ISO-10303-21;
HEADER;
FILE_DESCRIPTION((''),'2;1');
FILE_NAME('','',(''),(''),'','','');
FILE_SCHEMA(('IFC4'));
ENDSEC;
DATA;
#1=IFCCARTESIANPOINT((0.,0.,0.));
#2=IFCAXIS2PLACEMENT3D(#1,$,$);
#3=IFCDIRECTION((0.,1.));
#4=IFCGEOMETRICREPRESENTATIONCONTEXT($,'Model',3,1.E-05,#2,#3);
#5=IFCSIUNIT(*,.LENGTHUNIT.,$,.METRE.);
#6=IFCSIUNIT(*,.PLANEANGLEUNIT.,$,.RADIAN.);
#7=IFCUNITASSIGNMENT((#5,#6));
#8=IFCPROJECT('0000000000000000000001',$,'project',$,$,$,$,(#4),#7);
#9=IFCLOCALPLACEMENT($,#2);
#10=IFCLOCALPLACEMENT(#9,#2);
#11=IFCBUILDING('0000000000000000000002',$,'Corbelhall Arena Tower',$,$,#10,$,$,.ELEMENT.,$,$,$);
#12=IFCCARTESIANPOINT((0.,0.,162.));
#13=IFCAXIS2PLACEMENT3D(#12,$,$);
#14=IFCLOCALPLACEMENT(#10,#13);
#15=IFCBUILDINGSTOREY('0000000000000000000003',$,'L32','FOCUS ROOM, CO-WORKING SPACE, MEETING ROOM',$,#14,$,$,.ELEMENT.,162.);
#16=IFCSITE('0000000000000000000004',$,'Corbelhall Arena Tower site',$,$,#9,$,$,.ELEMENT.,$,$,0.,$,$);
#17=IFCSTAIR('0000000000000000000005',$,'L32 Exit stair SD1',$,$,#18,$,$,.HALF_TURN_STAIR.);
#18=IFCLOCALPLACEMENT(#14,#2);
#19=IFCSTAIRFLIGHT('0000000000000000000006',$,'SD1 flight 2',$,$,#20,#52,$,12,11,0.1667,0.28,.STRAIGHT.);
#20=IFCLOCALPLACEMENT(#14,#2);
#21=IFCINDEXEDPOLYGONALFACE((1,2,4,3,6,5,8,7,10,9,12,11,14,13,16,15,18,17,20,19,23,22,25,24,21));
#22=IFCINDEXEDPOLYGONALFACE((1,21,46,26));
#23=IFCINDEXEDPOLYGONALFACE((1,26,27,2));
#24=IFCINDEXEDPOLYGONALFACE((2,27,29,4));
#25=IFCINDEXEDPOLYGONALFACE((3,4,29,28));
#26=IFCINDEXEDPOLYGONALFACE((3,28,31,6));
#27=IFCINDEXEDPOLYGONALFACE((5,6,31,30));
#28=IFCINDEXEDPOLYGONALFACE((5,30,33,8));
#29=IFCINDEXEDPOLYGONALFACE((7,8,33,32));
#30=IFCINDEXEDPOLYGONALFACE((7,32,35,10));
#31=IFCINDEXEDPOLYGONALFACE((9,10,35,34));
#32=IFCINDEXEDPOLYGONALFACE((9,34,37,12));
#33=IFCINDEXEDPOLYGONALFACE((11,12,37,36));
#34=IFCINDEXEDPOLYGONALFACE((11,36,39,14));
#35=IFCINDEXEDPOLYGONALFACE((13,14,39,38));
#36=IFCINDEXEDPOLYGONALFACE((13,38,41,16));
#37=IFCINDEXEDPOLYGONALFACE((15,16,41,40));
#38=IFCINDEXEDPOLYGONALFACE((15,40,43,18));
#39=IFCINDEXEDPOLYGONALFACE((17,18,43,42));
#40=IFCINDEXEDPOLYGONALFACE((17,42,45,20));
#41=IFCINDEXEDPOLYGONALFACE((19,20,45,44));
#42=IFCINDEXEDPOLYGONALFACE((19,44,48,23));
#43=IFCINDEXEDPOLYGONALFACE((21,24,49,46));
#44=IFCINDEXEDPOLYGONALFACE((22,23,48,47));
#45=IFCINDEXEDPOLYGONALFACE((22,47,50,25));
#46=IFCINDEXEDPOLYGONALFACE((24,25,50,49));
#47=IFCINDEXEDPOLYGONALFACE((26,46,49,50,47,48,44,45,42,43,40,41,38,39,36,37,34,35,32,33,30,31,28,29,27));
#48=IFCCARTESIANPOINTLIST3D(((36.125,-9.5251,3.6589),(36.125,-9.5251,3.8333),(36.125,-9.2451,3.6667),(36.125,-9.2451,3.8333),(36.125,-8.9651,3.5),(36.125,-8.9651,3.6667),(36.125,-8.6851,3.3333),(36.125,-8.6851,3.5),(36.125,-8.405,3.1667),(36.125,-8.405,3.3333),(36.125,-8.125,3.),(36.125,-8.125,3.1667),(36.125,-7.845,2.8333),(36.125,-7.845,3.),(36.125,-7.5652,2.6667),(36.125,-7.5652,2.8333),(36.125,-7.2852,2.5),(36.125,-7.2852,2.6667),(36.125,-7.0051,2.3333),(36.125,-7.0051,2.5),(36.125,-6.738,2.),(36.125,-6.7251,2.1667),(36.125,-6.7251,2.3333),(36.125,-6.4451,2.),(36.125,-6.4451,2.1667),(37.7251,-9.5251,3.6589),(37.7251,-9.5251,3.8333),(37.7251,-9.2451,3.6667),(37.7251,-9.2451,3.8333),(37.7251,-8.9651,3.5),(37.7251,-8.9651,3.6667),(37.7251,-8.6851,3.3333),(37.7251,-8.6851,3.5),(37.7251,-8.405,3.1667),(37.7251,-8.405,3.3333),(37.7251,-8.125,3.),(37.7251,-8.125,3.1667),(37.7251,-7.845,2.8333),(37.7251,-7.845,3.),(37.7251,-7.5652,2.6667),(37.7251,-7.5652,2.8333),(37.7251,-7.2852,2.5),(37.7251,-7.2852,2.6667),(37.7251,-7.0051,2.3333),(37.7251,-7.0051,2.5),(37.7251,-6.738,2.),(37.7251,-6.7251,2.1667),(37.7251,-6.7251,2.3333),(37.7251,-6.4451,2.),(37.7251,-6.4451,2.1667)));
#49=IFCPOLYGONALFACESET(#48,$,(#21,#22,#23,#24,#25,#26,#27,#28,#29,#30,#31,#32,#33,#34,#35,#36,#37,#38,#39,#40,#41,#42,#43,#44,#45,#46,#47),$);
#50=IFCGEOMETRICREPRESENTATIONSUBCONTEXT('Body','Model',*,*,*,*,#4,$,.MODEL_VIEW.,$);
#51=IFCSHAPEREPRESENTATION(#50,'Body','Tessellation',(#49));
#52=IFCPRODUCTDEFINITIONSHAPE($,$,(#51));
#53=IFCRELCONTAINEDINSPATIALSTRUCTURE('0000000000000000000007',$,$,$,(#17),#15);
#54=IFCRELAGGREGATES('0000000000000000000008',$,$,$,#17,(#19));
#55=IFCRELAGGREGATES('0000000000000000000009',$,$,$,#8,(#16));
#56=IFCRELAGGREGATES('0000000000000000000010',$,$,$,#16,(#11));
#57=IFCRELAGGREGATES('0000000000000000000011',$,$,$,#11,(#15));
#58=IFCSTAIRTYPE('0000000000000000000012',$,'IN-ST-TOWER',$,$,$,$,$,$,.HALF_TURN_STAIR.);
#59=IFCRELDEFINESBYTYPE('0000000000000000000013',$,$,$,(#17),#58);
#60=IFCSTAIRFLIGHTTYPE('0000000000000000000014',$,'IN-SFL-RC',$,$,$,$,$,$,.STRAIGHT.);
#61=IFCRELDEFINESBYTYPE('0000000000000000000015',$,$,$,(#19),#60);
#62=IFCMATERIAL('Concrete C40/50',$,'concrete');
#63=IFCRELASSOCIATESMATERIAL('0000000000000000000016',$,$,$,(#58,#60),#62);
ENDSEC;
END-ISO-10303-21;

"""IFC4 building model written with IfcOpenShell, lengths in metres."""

from ifc_helpers import new_model, si_unit, direction, frame, origin, place, context, subcontext, project, spatial, polyline, outline, extrude, material, type_object, element, aggregate, save


model = new_model("IFC4")

# Units and contexts
model_context = context("Model", 3, precision=1e-05, world=origin(), true_north=direction((0.0, 1.0)))
body_context = subcontext(model_context, "Body", "Model", "MODEL_VIEW")
ifc_project = project(units=[si_unit("LENGTHUNIT", "METRE"), si_unit("PLANEANGLEUNIT", "RADIAN")], contexts=[model_context])

# Site, building, storey
site_placement = place(None, origin())
site = spatial("IfcSite", under=ifc_project, at=site_placement, Name="Corbelhall Arena Tower site", CompositionType="ELEMENT", RefElevation=0.0)
building_placement = place(site_placement, origin())
building = spatial("IfcBuilding", under=site, at=building_placement, Name="Corbelhall Arena Tower", CompositionType="ELEMENT")
storey_placement = place(building_placement, frame((0.0, 0.0, 162.0)))
storey = spatial("IfcBuildingStorey", under=building, at=storey_placement, Name="L32", Description="FOCUS ROOM, CO-WORKING SPACE, MEETING ROOM", CompositionType="ELEMENT", Elevation=162.0)

# Shared definitions
ifc_material_1 = material(Name="Concrete C40/50", Category="concrete")

# Stair, stair flight
stair_type = type_object("IfcStairType", Name="IN-ST-TOWER", PredefinedType="HALF_TURN_STAIR", material=ifc_material_1)
stair_placement = place(storey_placement, origin())
stair = element("IfcStair", 1, at=stair_placement, inside=storey, type_object=stair_type, Name="L32 Exit stair SD1", PredefinedType="HALF_TURN_STAIR")
stair_flight_type = type_object("IfcStairFlightType", Name="IN-SFL-RC", PredefinedType="STRAIGHT", material=ifc_material_1)
stair_flight_placement = place(storey_placement, frame((36.925, -6.4451, 2.0), z_axis=(0.0, 0.0, 1.0), x_axis=(0.0, -1.0, 0.0)))
stair_flight = element("IfcStairFlight", 2, at=stair_flight_placement, type_object=stair_flight_type, Name="SD1 flight 2", NumberOfRisers=12, NumberOfTreads=11, PredefinedType="STRAIGHT", RiserHeight=0.1667, TreadLength=0.28, context=body_context, shape_type="SweptSolid", body=[
    extrude(outline(polyline([(0.0, 0.0), (0.0, 0.1667), (0.28, 0.1667), (0.28, 0.3333), (0.5601, 0.3333), (0.5601, 0.5), (0.8401, 0.5), (0.8401, 0.6667), (1.1201, 0.6667), (1.1201, 0.8333), (1.3999, 0.8333), (1.3999, 1.0), (1.6799, 1.0), (1.6799, 1.1667), (1.96, 1.1667), (1.96, 1.3333), (2.24, 1.3333), (2.24, 1.5), (2.52, 1.5), (2.52, 1.6667), (2.8, 1.6667), (2.8, 1.8333), (3.0801, 1.8333), (3.0801, 2.0), (3.0801, 1.6589), (0.293, 0.0), (0.0, 0.0)])), frame((0.0, 0.8, 0.0), z_axis=(0.0, -1.0, 0.0), x_axis=(1.0, 0.0, 0.0)), (0.0, 0.0, 1.0), 1.6001),
])
aggregate(stair, [stair_flight])

save(model, "model.ifc")
